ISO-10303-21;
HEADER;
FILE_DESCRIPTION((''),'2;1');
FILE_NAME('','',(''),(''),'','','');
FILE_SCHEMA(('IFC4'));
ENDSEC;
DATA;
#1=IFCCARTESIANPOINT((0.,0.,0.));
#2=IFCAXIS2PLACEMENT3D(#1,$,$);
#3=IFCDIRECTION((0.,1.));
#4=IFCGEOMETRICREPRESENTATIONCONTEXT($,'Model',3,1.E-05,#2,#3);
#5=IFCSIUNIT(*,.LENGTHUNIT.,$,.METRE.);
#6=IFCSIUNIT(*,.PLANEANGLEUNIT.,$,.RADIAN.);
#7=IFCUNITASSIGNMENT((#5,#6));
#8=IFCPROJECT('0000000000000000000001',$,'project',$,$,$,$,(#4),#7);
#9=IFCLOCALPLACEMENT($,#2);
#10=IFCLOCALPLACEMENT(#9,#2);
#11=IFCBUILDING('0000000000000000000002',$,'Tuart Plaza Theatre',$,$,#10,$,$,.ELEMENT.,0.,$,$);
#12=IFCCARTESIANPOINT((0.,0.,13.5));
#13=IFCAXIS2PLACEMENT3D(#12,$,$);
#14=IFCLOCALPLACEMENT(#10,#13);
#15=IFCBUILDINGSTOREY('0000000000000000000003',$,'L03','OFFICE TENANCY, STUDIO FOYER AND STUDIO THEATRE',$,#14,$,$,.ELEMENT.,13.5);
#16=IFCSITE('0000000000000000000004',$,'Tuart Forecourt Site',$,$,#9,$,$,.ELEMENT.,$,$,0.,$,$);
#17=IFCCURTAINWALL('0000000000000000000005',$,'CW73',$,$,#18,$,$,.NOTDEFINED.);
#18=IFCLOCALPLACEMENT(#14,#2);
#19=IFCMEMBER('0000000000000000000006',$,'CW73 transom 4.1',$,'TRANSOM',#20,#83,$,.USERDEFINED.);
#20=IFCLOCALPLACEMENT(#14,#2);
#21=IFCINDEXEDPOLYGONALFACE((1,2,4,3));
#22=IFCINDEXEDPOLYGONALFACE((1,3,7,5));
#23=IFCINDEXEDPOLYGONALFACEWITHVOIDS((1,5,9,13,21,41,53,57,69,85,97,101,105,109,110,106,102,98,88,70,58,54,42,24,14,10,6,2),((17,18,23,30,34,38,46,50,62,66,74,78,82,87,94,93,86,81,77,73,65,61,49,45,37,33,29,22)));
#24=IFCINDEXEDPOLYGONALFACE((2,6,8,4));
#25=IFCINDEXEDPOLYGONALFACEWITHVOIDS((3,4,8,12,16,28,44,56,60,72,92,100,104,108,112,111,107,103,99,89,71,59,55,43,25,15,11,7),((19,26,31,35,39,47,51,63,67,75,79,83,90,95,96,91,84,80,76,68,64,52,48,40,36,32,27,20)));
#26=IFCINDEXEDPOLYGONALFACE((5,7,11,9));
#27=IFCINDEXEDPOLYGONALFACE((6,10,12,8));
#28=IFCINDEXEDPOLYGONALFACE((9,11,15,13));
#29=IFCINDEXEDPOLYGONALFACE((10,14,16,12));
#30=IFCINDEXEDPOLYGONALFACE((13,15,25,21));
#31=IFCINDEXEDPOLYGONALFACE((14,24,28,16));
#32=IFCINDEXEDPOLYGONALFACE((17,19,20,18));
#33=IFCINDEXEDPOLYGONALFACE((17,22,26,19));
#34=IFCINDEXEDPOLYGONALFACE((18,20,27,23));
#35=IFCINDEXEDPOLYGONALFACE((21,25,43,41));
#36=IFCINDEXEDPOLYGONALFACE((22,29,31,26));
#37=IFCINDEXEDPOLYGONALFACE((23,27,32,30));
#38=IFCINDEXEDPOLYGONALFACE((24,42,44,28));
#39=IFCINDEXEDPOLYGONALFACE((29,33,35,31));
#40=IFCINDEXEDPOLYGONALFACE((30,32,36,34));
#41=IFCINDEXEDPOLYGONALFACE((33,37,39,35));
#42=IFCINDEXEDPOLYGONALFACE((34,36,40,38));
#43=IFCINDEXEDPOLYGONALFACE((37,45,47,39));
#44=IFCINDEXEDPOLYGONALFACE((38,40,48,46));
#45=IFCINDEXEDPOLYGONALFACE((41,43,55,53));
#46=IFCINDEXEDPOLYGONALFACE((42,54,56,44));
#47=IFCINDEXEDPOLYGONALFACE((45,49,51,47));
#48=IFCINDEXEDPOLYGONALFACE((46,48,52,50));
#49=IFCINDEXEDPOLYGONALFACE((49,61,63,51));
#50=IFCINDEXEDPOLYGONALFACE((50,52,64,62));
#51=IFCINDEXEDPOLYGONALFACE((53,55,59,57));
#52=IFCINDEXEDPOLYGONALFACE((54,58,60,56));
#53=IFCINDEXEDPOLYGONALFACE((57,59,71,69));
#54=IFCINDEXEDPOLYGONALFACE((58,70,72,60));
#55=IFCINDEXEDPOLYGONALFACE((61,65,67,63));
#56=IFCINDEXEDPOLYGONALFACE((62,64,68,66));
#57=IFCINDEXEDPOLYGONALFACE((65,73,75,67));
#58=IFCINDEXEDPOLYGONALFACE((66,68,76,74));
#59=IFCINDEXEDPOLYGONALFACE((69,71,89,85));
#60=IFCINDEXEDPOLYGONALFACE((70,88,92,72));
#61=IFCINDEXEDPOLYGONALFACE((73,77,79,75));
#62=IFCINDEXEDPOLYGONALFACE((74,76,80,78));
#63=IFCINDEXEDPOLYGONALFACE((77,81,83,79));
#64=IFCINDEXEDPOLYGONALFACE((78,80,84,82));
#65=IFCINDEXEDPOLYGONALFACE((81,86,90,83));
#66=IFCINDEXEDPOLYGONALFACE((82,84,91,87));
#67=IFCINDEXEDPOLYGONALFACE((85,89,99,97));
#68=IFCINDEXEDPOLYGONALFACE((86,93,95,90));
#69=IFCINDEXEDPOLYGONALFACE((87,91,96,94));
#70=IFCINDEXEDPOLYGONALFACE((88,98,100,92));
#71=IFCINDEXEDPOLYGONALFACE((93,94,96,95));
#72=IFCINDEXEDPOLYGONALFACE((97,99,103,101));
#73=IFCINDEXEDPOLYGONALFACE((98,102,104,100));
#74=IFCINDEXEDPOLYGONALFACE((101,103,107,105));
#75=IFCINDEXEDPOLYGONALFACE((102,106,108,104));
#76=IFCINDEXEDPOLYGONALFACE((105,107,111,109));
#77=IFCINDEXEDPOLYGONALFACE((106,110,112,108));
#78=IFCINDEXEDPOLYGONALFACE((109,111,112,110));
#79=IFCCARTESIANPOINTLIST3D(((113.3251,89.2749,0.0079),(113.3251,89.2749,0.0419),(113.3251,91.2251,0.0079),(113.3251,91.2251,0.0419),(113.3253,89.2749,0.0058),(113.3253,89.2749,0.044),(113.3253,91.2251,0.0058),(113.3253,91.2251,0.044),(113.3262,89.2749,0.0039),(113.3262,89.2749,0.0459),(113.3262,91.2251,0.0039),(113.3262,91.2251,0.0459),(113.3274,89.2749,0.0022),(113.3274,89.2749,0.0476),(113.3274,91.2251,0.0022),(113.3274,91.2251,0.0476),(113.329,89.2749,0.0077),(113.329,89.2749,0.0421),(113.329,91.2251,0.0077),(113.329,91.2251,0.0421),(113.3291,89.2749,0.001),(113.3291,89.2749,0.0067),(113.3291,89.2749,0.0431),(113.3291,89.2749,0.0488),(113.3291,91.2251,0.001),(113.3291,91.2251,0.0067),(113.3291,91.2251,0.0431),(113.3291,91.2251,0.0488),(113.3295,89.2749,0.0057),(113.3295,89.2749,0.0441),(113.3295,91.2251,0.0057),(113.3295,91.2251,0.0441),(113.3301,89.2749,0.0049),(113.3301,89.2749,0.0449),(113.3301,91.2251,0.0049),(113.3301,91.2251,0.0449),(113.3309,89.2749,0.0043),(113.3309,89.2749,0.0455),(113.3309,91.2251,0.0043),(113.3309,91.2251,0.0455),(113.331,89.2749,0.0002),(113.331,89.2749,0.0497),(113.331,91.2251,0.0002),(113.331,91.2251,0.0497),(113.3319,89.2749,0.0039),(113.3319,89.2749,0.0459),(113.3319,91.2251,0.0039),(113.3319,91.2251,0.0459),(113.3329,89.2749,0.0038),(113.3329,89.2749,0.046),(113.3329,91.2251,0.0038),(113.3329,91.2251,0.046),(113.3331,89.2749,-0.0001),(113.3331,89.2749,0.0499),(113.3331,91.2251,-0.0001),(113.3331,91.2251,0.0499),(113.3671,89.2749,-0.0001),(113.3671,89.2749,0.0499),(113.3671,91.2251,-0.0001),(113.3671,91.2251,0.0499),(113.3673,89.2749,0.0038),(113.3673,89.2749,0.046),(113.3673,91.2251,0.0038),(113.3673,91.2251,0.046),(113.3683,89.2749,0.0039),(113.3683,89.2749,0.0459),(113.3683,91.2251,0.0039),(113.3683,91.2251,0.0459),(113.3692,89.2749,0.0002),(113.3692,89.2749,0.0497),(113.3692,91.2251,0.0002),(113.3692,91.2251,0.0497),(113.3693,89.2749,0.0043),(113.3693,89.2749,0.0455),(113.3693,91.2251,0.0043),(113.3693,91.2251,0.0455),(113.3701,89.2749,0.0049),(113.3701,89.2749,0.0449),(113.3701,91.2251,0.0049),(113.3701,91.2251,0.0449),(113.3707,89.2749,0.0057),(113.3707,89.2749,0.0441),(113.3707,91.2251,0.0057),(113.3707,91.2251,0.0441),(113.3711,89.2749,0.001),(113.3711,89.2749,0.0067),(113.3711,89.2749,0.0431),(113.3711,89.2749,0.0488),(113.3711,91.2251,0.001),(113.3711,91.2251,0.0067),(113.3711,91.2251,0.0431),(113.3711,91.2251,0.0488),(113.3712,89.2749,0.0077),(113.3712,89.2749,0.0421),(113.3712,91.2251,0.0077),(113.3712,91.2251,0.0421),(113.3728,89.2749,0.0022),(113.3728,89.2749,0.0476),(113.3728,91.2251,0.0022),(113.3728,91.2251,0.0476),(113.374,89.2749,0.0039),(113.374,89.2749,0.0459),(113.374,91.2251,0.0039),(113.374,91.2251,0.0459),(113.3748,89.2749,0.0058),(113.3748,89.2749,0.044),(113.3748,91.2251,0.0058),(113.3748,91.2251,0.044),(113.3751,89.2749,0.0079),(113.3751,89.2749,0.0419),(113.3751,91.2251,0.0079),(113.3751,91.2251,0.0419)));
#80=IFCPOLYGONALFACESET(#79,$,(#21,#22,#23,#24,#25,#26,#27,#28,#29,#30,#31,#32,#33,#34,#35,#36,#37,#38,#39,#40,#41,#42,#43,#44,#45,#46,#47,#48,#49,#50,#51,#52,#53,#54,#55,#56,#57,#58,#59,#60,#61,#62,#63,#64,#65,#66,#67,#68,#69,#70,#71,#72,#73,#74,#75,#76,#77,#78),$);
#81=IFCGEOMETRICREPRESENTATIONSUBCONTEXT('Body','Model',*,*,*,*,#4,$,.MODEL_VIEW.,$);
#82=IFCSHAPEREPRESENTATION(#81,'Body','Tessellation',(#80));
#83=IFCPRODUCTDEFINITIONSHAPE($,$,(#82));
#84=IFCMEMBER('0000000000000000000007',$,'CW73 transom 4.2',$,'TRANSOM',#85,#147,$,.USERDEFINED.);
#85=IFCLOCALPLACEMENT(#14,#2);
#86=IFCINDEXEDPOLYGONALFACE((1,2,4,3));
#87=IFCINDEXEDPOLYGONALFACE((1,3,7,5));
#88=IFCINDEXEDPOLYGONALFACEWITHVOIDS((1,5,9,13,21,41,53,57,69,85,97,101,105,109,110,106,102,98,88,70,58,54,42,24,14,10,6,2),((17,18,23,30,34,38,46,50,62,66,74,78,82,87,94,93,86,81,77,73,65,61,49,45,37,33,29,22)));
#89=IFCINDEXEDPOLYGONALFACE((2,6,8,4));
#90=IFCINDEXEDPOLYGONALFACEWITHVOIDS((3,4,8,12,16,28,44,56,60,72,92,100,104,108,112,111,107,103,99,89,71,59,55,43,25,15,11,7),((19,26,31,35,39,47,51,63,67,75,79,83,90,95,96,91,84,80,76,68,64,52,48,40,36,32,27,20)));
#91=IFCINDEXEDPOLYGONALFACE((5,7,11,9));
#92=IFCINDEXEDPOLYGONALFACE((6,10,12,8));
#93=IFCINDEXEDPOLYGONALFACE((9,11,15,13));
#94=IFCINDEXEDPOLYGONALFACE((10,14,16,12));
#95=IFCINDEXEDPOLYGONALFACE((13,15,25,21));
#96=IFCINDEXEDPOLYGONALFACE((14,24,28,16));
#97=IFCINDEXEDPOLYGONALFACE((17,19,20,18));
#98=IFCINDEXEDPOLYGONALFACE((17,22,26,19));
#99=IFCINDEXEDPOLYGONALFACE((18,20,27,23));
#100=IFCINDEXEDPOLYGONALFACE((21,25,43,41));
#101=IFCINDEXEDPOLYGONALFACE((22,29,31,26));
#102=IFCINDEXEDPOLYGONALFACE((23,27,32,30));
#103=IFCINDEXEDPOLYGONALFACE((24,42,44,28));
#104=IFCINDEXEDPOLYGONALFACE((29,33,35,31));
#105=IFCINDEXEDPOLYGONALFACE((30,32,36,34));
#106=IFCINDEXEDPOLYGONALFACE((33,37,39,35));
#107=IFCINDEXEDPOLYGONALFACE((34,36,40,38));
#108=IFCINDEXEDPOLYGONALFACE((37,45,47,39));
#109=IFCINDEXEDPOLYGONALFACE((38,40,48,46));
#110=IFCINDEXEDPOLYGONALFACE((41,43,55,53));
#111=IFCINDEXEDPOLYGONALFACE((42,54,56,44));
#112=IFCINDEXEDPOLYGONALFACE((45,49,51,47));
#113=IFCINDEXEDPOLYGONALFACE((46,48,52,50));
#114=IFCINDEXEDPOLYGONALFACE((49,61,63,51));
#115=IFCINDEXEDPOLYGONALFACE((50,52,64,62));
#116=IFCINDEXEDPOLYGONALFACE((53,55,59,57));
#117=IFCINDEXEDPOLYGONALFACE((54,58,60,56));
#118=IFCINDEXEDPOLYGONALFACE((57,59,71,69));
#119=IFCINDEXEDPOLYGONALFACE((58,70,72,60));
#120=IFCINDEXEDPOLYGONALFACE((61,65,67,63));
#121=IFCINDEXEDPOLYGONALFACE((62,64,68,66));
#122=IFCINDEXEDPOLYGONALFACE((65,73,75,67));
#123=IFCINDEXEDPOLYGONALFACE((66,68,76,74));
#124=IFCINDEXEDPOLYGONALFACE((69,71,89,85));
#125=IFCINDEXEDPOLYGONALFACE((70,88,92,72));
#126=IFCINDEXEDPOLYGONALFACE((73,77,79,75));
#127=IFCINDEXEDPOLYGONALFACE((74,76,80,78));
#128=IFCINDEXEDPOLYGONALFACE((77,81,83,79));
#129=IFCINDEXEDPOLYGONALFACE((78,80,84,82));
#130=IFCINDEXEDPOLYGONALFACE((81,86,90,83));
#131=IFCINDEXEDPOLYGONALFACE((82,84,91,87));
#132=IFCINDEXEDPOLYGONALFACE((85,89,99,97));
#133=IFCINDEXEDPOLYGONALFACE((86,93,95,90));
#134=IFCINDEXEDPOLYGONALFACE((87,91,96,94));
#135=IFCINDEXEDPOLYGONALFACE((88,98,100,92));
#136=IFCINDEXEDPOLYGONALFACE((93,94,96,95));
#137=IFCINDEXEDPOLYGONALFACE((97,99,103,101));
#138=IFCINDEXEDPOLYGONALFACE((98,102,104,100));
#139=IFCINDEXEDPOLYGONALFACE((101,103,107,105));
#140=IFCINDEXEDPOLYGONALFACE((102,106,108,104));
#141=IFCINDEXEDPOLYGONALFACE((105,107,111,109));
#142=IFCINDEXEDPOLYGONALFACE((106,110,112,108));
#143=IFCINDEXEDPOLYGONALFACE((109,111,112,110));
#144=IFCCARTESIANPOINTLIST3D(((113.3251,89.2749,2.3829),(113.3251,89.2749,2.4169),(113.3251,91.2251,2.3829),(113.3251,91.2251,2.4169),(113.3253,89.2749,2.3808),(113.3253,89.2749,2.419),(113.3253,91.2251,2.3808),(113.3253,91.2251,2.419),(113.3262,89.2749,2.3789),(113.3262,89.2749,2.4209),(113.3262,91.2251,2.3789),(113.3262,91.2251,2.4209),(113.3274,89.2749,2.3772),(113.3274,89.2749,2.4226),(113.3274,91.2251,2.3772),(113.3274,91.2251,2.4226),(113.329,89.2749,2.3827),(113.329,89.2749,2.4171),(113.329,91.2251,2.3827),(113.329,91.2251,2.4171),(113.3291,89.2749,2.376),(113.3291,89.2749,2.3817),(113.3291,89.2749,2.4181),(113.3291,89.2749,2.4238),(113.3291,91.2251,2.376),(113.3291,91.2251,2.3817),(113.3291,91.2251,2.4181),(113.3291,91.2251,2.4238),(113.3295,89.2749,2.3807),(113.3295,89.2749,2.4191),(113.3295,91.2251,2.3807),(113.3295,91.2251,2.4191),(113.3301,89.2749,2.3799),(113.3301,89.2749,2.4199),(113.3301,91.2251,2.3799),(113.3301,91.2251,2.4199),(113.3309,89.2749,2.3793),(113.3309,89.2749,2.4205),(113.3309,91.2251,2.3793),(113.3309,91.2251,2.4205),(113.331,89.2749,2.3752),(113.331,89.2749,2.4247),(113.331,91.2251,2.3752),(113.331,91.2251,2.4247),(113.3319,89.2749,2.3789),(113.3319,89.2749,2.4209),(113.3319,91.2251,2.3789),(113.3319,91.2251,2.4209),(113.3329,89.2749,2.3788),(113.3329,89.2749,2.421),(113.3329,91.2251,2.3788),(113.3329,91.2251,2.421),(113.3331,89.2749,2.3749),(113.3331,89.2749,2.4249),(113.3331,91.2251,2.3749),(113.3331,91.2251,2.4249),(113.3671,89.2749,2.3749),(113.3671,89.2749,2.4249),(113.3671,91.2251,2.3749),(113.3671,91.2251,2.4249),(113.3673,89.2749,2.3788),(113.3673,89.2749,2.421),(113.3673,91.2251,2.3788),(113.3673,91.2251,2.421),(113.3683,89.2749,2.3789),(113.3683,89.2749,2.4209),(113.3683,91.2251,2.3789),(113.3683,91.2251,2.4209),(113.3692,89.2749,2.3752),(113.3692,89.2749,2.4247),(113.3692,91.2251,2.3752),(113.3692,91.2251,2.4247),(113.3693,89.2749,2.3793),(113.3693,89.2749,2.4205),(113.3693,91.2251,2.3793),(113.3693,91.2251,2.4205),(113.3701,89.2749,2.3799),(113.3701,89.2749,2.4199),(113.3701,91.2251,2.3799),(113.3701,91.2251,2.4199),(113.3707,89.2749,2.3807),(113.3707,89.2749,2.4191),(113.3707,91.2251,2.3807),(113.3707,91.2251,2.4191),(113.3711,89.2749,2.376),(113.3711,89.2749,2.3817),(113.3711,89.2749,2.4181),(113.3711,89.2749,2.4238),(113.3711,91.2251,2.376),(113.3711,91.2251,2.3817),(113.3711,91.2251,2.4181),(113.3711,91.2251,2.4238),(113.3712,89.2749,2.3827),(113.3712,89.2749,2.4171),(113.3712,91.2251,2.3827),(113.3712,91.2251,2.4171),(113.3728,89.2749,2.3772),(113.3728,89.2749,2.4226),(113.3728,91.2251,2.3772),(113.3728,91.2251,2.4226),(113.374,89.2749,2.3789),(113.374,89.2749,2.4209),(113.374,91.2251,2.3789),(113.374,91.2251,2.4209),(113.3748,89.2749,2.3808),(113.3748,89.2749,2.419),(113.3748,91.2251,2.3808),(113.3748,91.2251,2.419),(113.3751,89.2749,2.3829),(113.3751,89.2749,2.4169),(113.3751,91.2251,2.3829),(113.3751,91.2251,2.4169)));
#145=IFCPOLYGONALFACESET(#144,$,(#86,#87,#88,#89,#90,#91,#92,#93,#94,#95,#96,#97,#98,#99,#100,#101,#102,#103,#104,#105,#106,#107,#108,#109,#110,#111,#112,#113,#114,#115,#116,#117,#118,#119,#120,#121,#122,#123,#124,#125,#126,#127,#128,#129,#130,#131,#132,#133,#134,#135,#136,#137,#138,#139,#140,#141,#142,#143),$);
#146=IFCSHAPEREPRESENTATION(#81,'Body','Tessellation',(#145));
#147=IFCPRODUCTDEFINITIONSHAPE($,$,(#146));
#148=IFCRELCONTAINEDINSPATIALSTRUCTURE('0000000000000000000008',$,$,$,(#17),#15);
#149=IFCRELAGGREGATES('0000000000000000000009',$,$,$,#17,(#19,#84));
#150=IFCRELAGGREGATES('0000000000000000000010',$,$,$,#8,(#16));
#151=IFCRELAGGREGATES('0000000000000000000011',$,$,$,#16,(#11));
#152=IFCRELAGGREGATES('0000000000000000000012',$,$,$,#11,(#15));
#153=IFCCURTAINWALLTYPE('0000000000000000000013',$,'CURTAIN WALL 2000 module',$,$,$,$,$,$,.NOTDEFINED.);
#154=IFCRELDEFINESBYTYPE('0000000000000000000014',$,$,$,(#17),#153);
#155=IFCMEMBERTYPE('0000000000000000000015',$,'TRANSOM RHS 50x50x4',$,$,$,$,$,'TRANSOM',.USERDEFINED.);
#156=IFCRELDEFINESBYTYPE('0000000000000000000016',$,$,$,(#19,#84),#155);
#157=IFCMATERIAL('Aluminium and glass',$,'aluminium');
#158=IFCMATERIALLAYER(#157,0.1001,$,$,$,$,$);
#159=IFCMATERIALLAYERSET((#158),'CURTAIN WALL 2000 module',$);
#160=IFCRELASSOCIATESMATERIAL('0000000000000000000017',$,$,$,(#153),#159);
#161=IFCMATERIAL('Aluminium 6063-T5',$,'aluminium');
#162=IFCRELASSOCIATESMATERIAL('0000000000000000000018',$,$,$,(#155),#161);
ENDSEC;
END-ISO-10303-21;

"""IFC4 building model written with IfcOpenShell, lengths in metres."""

from ifc_helpers import new_model, si_unit, direction, frame, origin, origin_2d, place, context, subcontext, project, spatial, hollow_rectangle, extrude, material, layer, layer_set, material_profile, profile_set, type_object, element, aggregate, save


model = new_model("IFC4")

# Units and contexts
model_context = context("Model", 3, precision=1e-05, world=origin(), true_north=direction((0.0, 1.0)))
body_context = subcontext(model_context, "Body", "Model", "MODEL_VIEW")
ifc_project = project(units=[si_unit("LENGTHUNIT", "METRE"), si_unit("PLANEANGLEUNIT", "RADIAN")], contexts=[model_context])

# Site, building, storey
site_placement = place(None, origin())
site = spatial("IfcSite", under=ifc_project, at=site_placement, Name="Tuart Forecourt Site", CompositionType="ELEMENT", RefElevation=0.0)
building_placement = place(site_placement, origin())
building = spatial("IfcBuilding", under=site, at=building_placement, Name="Tuart Plaza Theatre", CompositionType="ELEMENT", ElevationOfRefHeight=0.0)
storey_placement = place(building_placement, frame((0.0, 0.0, 13.5)))
storey = spatial("IfcBuildingStorey", under=building, at=storey_placement, Name="L03", Description="OFFICE TENANCY, STUDIO FOYER AND STUDIO THEATRE", CompositionType="ELEMENT", Elevation=13.5)

# Curtain wall, members
ifc_material_1 = material(Name="Aluminium and glass", Category="aluminium")
ifc_layer_1 = layer(ifc_material_1, 0.1001)
ifc_layer_set_1 = layer_set([ifc_layer_1], Name="CURTAIN WALL 2000 module")
curtain_wall_type = type_object("IfcCurtainWallType", Name="CURTAIN WALL 2000 module", PredefinedType="NOTDEFINED", material=ifc_layer_set_1)
curtain_wall_placement = place(storey_placement, origin())
curtain_wall = element("IfcCurtainWall", 1, at=curtain_wall_placement, inside=storey, type_object=curtain_wall_type, Name="CW73", PredefinedType="NOTDEFINED")
ifc_material_2 = material(Name="Aluminium 6063-T5", Category="aluminium")
ifc_material_profile_1 = material_profile(ifc_material_2, hollow_rectangle(XDim=0.05, YDim=0.05, WallThickness=0.0039, InnerFilletRadius=0.0039, OuterFilletRadius=0.0081, at=origin_2d()), Name="RHS 50x50x4")
ifc_profile_set_1 = profile_set([ifc_material_profile_1], Name="Aluminium 6063-T5")
member_type = type_object("IfcMemberType", Name="TRANSOM RHS 50x50x4", ElementType="TRANSOM", PredefinedType="USERDEFINED", material=ifc_profile_set_1)
member_1_placement = place(storey_placement, frame((113.3501, 91.2251, 0.0249), z_axis=(0.0, -1.0, 0.0), x_axis=(1.0, 0.0, 0.0)))
member_1 = element("IfcMember", 2, at=member_1_placement, type_object=member_type, Name="CW73 transom 4.1", ObjectType="TRANSOM", PredefinedType="USERDEFINED", context=body_context, shape_type="SweptSolid", body=[
    extrude(hollow_rectangle(XDim=0.05, YDim=0.05, WallThickness=0.0039, InnerFilletRadius=0.0039, OuterFilletRadius=0.0081, at=origin_2d()), origin(), (0.0, 0.0, 1.0), 1.9502),
])
member_2_placement = place(storey_placement, frame((113.3501, 91.2251, 2.3999), z_axis=(0.0, -1.0, 0.0), x_axis=(1.0, 0.0, 0.0)))
member_2 = element("IfcMember", 3, at=member_2_placement, type_object=member_type, Name="CW73 transom 4.2", ObjectType="TRANSOM", PredefinedType="USERDEFINED", context=body_context, shape_type="SweptSolid", body=[
    extrude(hollow_rectangle(XDim=0.05, YDim=0.05, WallThickness=0.0039, InnerFilletRadius=0.0039, OuterFilletRadius=0.0081, at=origin_2d()), origin(), (0.0, 0.0, 1.0), 1.9502),
])
aggregate(curtain_wall, [member_1, member_2])

save(model, "model.ifc")
